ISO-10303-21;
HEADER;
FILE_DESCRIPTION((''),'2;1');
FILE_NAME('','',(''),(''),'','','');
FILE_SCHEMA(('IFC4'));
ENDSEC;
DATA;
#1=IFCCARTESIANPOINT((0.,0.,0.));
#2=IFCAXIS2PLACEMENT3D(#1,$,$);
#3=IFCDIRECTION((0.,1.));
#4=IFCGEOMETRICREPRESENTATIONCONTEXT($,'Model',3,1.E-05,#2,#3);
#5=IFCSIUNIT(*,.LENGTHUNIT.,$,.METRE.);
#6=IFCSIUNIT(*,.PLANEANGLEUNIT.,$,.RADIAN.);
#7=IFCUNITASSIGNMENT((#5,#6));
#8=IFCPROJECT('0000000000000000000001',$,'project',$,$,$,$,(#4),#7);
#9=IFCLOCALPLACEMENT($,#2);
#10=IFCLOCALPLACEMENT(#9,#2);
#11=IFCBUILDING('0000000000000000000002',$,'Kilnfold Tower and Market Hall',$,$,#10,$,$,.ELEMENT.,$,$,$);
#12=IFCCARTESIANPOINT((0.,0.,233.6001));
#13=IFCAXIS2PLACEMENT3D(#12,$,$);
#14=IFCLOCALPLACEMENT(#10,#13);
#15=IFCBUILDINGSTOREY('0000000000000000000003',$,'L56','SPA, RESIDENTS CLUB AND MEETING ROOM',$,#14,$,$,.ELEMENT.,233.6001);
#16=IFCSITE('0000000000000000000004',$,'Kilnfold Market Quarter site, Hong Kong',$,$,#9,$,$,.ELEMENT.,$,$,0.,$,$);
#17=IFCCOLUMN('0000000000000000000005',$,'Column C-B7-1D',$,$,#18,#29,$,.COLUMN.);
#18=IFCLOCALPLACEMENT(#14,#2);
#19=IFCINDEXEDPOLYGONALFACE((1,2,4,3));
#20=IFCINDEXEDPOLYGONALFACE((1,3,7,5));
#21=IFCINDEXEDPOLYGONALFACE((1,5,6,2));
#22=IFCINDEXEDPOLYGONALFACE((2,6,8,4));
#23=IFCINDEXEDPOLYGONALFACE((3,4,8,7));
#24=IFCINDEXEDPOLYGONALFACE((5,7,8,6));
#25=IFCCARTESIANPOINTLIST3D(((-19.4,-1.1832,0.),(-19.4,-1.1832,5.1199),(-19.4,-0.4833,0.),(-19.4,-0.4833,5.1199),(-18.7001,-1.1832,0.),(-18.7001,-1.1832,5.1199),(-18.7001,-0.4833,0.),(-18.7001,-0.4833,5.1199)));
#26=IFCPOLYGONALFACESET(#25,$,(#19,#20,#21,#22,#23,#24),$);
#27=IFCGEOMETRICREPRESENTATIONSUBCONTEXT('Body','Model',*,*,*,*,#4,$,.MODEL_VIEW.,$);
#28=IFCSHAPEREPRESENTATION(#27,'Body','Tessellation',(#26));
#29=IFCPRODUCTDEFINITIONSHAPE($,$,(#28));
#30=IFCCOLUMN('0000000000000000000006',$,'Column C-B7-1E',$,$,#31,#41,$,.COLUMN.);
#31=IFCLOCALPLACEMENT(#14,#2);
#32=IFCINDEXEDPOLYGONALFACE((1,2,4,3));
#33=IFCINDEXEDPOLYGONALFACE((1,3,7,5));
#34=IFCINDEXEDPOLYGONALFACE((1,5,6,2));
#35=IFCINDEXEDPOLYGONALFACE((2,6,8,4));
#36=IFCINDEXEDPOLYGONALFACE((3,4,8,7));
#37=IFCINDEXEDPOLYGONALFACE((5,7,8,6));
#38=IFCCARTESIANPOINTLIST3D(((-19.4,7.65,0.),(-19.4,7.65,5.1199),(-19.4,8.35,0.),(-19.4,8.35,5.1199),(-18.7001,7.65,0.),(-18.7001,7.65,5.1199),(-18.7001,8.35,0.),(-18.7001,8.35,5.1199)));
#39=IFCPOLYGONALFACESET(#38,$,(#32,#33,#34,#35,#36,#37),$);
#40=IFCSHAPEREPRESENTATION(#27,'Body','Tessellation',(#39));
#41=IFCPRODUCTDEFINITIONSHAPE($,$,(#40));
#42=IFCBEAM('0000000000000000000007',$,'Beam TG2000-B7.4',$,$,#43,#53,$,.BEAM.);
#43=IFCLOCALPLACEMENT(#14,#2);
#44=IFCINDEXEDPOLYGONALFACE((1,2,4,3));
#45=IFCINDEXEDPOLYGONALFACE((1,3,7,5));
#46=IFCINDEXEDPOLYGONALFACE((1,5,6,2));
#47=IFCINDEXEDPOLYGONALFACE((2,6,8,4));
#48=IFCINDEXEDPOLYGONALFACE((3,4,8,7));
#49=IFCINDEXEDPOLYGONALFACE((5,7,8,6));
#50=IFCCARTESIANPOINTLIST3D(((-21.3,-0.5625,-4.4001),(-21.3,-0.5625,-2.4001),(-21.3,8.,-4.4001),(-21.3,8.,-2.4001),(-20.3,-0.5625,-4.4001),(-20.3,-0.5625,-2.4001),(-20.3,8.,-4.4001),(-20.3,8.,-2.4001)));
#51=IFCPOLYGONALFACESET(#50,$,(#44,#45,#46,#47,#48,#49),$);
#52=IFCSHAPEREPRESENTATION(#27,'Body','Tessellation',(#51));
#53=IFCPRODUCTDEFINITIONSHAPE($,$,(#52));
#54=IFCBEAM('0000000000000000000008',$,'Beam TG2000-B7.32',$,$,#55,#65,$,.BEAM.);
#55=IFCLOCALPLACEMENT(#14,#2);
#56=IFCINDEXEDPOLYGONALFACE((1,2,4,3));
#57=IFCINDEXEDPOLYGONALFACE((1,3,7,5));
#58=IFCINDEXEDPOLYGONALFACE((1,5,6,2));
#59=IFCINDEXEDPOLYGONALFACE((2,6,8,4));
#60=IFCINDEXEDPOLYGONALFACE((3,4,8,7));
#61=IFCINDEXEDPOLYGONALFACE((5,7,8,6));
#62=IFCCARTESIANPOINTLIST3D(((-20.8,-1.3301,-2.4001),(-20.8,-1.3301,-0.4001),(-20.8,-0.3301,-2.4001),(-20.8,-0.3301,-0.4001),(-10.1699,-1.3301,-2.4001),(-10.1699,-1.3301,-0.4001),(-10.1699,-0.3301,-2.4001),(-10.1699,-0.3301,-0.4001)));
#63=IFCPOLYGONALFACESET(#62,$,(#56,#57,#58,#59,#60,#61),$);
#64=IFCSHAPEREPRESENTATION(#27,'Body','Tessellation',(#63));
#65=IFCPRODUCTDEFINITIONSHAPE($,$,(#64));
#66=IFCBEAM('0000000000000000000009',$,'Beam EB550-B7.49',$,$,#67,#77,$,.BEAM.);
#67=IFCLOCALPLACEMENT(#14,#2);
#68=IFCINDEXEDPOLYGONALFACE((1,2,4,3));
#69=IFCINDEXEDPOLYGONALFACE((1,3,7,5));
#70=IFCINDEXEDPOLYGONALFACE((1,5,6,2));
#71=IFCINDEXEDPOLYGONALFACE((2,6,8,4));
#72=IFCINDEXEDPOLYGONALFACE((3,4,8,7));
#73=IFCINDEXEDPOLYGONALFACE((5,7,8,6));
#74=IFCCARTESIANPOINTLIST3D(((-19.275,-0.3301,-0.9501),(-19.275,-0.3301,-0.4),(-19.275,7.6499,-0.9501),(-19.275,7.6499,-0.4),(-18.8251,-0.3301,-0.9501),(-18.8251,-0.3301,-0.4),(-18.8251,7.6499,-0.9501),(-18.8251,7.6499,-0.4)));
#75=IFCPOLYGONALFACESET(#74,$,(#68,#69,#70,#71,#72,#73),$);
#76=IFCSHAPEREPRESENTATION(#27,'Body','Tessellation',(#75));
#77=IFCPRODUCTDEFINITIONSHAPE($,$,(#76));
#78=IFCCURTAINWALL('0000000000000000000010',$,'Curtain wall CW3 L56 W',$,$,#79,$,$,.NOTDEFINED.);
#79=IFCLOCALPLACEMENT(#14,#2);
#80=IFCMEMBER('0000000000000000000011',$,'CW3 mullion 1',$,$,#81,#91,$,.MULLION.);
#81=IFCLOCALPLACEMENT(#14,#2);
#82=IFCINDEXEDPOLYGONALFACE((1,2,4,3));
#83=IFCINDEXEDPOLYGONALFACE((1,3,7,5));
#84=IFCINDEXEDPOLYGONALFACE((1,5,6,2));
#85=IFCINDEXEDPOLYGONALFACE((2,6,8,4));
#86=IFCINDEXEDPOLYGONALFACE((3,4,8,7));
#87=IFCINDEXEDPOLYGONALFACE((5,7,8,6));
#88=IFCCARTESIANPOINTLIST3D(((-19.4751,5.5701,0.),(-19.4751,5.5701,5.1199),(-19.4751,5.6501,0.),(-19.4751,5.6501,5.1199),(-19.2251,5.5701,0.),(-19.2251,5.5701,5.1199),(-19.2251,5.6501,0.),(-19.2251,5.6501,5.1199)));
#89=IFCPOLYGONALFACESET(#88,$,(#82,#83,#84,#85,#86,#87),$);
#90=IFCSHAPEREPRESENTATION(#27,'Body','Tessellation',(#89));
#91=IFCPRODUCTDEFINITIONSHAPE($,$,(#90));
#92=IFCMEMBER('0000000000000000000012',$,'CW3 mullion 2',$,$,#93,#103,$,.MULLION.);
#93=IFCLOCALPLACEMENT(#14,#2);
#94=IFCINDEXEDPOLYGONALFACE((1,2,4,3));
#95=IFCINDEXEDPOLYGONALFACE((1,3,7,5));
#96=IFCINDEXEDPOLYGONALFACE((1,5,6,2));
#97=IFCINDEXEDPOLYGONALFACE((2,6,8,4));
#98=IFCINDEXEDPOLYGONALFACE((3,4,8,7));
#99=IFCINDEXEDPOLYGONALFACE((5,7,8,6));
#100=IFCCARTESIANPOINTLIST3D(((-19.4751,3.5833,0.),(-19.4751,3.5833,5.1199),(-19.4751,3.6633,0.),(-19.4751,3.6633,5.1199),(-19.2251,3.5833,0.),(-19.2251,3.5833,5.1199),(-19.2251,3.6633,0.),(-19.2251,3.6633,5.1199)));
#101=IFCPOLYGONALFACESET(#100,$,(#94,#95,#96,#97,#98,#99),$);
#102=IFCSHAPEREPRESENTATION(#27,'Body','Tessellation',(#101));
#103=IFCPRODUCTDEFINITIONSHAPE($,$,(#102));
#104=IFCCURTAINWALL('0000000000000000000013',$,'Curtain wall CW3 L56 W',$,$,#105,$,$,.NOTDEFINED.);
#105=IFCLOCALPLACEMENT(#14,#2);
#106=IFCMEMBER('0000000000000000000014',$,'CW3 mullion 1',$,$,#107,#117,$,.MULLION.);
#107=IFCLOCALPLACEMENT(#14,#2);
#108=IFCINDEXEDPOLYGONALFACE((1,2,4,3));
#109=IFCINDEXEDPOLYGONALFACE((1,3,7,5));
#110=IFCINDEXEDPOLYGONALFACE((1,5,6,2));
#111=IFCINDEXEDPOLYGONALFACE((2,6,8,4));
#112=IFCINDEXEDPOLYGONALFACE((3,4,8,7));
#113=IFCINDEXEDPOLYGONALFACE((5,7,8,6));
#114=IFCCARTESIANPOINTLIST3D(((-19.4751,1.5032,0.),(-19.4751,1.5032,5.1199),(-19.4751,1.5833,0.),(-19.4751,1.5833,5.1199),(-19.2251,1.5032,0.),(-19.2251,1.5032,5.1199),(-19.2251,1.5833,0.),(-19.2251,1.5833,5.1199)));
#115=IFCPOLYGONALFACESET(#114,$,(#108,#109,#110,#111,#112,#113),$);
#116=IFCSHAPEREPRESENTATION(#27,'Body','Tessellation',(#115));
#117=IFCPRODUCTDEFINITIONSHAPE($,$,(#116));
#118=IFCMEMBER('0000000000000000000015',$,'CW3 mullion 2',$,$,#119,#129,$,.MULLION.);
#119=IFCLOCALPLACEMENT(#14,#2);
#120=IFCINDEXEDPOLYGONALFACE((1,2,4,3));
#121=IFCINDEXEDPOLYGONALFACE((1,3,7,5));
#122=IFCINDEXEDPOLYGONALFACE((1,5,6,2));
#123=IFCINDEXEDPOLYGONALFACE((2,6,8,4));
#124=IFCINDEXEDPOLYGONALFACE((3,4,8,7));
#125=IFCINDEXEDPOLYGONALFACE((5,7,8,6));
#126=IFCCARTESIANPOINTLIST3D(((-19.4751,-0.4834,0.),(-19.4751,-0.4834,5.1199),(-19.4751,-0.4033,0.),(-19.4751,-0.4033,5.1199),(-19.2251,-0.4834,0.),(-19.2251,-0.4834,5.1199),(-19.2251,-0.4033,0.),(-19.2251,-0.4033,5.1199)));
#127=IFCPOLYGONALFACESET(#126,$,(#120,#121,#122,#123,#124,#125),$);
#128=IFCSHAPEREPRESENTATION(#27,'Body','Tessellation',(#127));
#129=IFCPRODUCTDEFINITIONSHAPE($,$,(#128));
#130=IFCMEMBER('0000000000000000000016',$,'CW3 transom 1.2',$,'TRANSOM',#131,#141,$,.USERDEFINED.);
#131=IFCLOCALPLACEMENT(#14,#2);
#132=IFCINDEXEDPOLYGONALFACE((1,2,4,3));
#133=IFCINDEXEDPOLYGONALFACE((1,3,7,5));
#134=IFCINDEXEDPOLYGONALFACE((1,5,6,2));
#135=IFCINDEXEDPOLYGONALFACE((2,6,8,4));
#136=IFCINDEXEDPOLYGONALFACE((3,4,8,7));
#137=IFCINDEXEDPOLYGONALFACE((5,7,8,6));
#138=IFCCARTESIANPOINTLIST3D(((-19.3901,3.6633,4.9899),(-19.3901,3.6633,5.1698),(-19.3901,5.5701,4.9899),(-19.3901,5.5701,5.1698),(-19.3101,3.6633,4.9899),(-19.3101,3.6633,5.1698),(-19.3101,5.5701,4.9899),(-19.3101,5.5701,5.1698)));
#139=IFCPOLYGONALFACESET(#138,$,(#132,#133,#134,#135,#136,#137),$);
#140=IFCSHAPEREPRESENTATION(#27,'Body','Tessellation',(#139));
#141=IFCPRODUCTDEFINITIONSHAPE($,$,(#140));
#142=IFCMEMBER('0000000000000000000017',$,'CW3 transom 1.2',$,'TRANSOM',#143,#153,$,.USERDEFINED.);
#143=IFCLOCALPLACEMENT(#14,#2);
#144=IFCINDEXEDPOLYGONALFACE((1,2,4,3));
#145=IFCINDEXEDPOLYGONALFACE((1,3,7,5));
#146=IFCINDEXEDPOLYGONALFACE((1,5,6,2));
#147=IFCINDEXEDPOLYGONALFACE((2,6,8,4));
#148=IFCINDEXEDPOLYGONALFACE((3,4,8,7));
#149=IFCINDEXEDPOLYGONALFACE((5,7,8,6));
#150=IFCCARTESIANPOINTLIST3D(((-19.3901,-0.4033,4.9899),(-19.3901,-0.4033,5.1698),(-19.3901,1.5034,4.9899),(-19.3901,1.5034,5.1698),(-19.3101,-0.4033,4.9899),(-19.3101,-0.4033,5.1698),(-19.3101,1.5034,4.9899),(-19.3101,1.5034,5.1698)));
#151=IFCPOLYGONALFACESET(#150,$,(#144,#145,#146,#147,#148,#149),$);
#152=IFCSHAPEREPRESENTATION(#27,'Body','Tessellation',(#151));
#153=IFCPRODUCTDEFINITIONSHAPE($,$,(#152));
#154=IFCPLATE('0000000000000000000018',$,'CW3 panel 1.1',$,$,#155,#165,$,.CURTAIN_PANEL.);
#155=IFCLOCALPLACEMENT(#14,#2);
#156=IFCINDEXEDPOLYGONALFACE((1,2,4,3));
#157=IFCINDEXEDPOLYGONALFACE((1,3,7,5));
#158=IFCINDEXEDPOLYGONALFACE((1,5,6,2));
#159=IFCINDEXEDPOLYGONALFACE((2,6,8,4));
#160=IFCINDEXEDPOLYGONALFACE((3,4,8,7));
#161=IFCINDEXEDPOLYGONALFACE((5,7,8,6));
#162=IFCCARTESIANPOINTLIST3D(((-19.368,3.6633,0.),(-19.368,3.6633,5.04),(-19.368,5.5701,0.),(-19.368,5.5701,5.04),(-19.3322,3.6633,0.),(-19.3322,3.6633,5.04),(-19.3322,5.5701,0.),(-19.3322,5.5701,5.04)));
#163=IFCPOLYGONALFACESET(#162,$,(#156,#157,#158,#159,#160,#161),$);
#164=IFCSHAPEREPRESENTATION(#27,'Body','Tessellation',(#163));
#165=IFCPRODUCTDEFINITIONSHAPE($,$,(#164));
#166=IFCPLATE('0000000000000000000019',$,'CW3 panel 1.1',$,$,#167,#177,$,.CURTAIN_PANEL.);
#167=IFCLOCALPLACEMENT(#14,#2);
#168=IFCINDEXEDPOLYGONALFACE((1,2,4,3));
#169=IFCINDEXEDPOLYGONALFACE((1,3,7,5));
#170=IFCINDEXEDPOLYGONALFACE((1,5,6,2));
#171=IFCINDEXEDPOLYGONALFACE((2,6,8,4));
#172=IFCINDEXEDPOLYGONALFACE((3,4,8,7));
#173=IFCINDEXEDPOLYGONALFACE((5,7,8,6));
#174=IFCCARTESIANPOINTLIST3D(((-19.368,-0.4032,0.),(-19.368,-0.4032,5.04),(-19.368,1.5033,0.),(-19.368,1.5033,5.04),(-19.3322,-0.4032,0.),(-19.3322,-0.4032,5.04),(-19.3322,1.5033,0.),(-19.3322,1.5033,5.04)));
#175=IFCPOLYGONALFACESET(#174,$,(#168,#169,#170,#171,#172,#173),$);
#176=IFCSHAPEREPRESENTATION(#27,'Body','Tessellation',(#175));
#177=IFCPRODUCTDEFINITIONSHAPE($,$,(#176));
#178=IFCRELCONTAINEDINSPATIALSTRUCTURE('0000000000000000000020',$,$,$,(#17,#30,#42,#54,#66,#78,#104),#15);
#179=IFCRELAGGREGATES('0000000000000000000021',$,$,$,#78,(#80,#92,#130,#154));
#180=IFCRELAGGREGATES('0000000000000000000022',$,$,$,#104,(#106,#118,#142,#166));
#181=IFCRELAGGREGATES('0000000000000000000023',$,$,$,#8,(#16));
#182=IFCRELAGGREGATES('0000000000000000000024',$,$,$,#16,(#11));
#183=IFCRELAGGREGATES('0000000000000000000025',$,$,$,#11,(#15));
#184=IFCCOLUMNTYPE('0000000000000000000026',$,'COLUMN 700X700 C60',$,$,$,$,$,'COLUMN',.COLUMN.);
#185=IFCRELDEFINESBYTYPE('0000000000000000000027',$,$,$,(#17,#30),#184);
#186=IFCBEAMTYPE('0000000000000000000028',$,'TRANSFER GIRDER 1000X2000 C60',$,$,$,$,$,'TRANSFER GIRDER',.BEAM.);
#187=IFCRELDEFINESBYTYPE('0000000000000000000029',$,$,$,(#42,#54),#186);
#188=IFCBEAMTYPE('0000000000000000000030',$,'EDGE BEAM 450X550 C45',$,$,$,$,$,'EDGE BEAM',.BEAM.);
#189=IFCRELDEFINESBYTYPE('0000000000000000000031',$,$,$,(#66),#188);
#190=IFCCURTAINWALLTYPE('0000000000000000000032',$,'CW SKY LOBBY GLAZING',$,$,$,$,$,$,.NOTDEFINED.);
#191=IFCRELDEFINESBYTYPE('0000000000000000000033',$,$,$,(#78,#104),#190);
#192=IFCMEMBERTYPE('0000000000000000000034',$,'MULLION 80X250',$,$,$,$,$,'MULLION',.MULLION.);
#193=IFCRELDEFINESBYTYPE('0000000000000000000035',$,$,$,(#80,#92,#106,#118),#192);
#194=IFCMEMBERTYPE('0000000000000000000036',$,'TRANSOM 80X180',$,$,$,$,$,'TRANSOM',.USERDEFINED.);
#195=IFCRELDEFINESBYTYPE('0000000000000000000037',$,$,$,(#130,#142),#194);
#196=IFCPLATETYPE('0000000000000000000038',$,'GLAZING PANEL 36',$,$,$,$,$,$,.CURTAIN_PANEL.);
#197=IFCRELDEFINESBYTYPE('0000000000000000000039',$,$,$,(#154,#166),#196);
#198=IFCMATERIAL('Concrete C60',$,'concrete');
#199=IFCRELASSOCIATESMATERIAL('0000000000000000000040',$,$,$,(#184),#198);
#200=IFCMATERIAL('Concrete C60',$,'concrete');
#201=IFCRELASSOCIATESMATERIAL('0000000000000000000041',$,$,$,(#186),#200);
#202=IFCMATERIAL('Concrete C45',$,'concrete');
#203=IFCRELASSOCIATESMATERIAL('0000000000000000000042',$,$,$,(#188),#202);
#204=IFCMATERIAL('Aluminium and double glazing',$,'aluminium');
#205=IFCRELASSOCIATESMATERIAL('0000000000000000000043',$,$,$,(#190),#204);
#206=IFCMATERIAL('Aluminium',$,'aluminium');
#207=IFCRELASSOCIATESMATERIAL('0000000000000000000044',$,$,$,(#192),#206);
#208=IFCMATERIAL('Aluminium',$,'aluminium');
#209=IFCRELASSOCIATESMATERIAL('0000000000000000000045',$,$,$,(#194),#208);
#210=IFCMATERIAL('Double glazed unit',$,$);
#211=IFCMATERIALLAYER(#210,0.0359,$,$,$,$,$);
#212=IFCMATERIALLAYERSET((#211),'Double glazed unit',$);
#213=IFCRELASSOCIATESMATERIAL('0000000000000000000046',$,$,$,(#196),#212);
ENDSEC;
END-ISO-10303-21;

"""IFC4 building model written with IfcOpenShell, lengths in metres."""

from ifc_helpers import new_model, si_unit, direction, frame, origin, origin_2d, place, context, subcontext, project, spatial, rectangle, extrude, source, transform, mapped, material, layer, layer_set, material_profile, profile_set, type_object, element, aggregate, save


model = new_model("IFC4")

# Units and contexts
model_context = context("Model", 3, precision=1e-05, world=origin(), true_north=direction((0.0, 1.0)))
body_context = subcontext(model_context, "Body", "Model", "MODEL_VIEW")
ifc_project = project(units=[si_unit("LENGTHUNIT", "METRE"), si_unit("PLANEANGLEUNIT", "RADIAN")], contexts=[model_context])

# Site, building, storey
site_placement = place(None, origin())
site = spatial("IfcSite", under=ifc_project, at=site_placement, Name="Kilnfold Market Quarter site, Hong Kong", CompositionType="ELEMENT", RefElevation=0.0)
building_placement = place(site_placement, origin())
building = spatial("IfcBuilding", under=site, at=building_placement, Name="Kilnfold Tower and Market Hall", CompositionType="ELEMENT")
storey_placement = place(building_placement, frame((0.0, 0.0, 233.6001)))
storey = spatial("IfcBuildingStorey", under=building, at=storey_placement, Name="L56", Description="SPA, RESIDENTS CLUB AND MEETING ROOM", CompositionType="ELEMENT", Elevation=233.6001)

# Columns
ifc_material_1 = material(Name="Concrete C60", Category="concrete")
ifc_material_profile_1 = material_profile(ifc_material_1, rectangle(XDim=0.7, YDim=0.7, at=origin_2d()), Name="RC 700x700")
ifc_profile_set_1 = profile_set([ifc_material_profile_1], Name="Concrete C60")
column_type = type_object("IfcColumnType", Name="COLUMN 700X700 C60", ElementType="COLUMN", PredefinedType="COLUMN", material=ifc_profile_set_1)
shared_shape_1 = source(origin(), body_context, "Body", "SweptSolid", [
    extrude(rectangle(XDim=0.7, YDim=0.7, at=origin_2d()), origin(), (0.0, 0.0, 1.0), 5.1199),
])
for number, where, z_axis, x_axis, name in (
    (1, (-19.05, -0.8333, 0.0), (0.0, 0.0, 1.0), (1.0, 0.0, 0.0), "Column C-B7-1D"),
    (2, (-19.05, 8.0, 0.0), (0.0, 0.0, 1.0), (1.0, 0.0, 0.0), "Column C-B7-1E"),
):
    element("IfcColumn", number, at=place(storey_placement, frame(where, z_axis=z_axis, x_axis=x_axis)), inside=storey, type_object=column_type, Name=name, PredefinedType="COLUMN", context=body_context, shape_type="MappedRepresentation", body=[
        mapped(shared_shape_1, transform((0.0, 0.0, 0.0))),
    ])

# Beams
ifc_material_2 = material(Name="Concrete C60", Category="concrete")
ifc_material_profile_2 = material_profile(ifc_material_2, rectangle(XDim=1.0, YDim=2.0, at=origin_2d()), Name="RC 1000x2000")
ifc_profile_set_2 = profile_set([ifc_material_profile_2], Name="Concrete C60")
beam_type_1 = type_object("IfcBeamType", Name="TRANSFER GIRDER 1000X2000 C60", ElementType="TRANSFER GIRDER", PredefinedType="BEAM", material=ifc_profile_set_2)
shared_shape_2 = source(origin(), body_context, "Body", "SweptSolid", [
    extrude(rectangle(XDim=1.0, YDim=2.0, at=origin_2d()), origin(), (0.0, 0.0, 1.0), 8.5625),
])
beam_1_placement = place(storey_placement, frame((-20.8, -0.5625, -3.4001), z_axis=(0.0, 1.0, 0.0), x_axis=(-1.0, 0.0, 0.0)))
element("IfcBeam", 3, at=beam_1_placement, inside=storey, type_object=beam_type_1, Name="Beam TG2000-B7.4", PredefinedType="BEAM", context=body_context, shape_type="MappedRepresentation", body=[
    mapped(shared_shape_2, transform((0.0, 0.0, 0.0))),
])
shared_shape_3 = source(origin(), body_context, "Body", "SweptSolid", [
    extrude(rectangle(XDim=1.0, YDim=2.0, at=origin_2d()), origin(), (0.0, 0.0, 1.0), 10.6301),
])
beam_2_placement = place(storey_placement, frame((-20.8, -0.8301, -1.4001), z_axis=(1.0, 0.0, 0.0), x_axis=(0.0, 1.0, 0.0)))
element("IfcBeam", 4, at=beam_2_placement, inside=storey, type_object=beam_type_1, Name="Beam TG2000-B7.32", PredefinedType="BEAM", context=body_context, shape_type="MappedRepresentation", body=[
    mapped(shared_shape_3, transform((0.0, 0.0, 0.0))),
])
ifc_material_3 = material(Name="Concrete C45", Category="concrete")
ifc_material_profile_3 = material_profile(ifc_material_3, rectangle(XDim=0.45, YDim=0.55, at=origin_2d()), Name="RC 450x550")
ifc_profile_set_3 = profile_set([ifc_material_profile_3], Name="Concrete C45")
beam_type_2 = type_object("IfcBeamType", Name="EDGE BEAM 450X550 C45", ElementType="EDGE BEAM", PredefinedType="BEAM", material=ifc_profile_set_3)
shared_shape_4 = source(origin(), body_context, "Body", "SweptSolid", [
    extrude(rectangle(XDim=0.45, YDim=0.55, at=origin_2d()), origin(), (0.0, 0.0, 1.0), 7.98),
])
beam_3_placement = place(storey_placement, frame((-19.05, -0.3301, -0.675), z_axis=(0.0, 1.0, 0.0), x_axis=(-1.0, 0.0, 0.0)))
element("IfcBeam", 5, at=beam_3_placement, inside=storey, type_object=beam_type_2, Name="Beam EB550-B7.49", PredefinedType="BEAM", context=body_context, shape_type="MappedRepresentation", body=[
    mapped(shared_shape_4, transform((0.0, 0.0, 0.0))),
])

# Curtain walls, members
ifc_material_4 = material(Name="Aluminium and double glazing", Category="aluminium")
curtain_wall_type = type_object("IfcCurtainWallType", Name="CW SKY LOBBY GLAZING", PredefinedType="NOTDEFINED", material=ifc_material_4)
curtain_wall_1_placement = place(storey_placement, origin())
curtain_wall_1 = element("IfcCurtainWall", 6, at=curtain_wall_1_placement, inside=storey, type_object=curtain_wall_type, Name="Curtain wall CW3 L56 W", PredefinedType="NOTDEFINED")
ifc_material_5 = material(Name="Aluminium", Category="aluminium")
ifc_material_profile_4 = material_profile(ifc_material_5, rectangle(XDim=0.0801, YDim=0.25, at=origin_2d()), Name="MULLION 80x250")
ifc_profile_set_4 = profile_set([ifc_material_profile_4], Name="Aluminium")
member_type_1 = type_object("IfcMemberType", Name="MULLION 80X250", ElementType="MULLION", PredefinedType="MULLION", material=ifc_profile_set_4)
shared_shape_5 = source(origin(), body_context, "Body", "SweptSolid", [
    extrude(rectangle(XDim=0.0801, YDim=0.25, at=origin_2d()), origin(), (0.0, 0.0, 1.0), 5.1199),
])
member_1_placement = place(storey_placement, frame((-19.3501, 5.6101, 0.0), z_axis=(0.0, 0.0, 1.0), x_axis=(0.0, -1.0, 0.0)))
member_1 = element("IfcMember", 7, at=member_1_placement, type_object=member_type_1, Name="CW3 mullion 1", PredefinedType="MULLION", context=body_context, shape_type="MappedRepresentation", body=[
    mapped(shared_shape_5, transform((0.0, 0.0, 0.0))),
])
member_2_placement = place(storey_placement, frame((-19.3501, 3.6233, 0.0), z_axis=(0.0, 0.0, 1.0), x_axis=(0.0, -1.0, 0.0)))
member_2 = element("IfcMember", 8, at=member_2_placement, type_object=member_type_1, Name="CW3 mullion 2", PredefinedType="MULLION", context=body_context, shape_type="MappedRepresentation", body=[
    mapped(shared_shape_5, transform((0.0, 0.0, 0.0))),
])
curtain_wall_2_placement = place(storey_placement, origin())
curtain_wall_2 = element("IfcCurtainWall", 9, at=curtain_wall_2_placement, inside=storey, type_object=curtain_wall_type, Name="Curtain wall CW3 L56 W", PredefinedType="NOTDEFINED")
member_3_placement = place(storey_placement, frame((-19.3501, 1.5432, 0.0), z_axis=(0.0, 0.0, 1.0), x_axis=(0.0, -1.0, 0.0)))
member_3 = element("IfcMember", 10, at=member_3_placement, type_object=member_type_1, Name="CW3 mullion 1", PredefinedType="MULLION", context=body_context, shape_type="MappedRepresentation", body=[
    mapped(shared_shape_5, transform((0.0, 0.0, 0.0))),
])
member_4_placement = place(storey_placement, frame((-19.3501, -0.4434, 0.0), z_axis=(0.0, 0.0, 1.0), x_axis=(0.0, -1.0, 0.0)))
member_4 = element("IfcMember", 11, at=member_4_placement, type_object=member_type_1, Name="CW3 mullion 2", PredefinedType="MULLION", context=body_context, shape_type="MappedRepresentation", body=[
    mapped(shared_shape_5, transform((0.0, 0.0, 0.0))),
])

# Members
ifc_material_6 = material(Name="Aluminium", Category="aluminium")
ifc_material_profile_5 = material_profile(ifc_material_6, rectangle(XDim=0.0801, YDim=0.1799, at=origin_2d()), Name="TRANSOM 80x180")
ifc_profile_set_5 = profile_set([ifc_material_profile_5], Name="Aluminium")
member_type_2 = type_object("IfcMemberType", Name="TRANSOM 80X180", ElementType="TRANSOM", PredefinedType="USERDEFINED", material=ifc_profile_set_5)
shared_shape_6 = source(origin(), body_context, "Body", "SweptSolid", [
    extrude(rectangle(XDim=0.0801, YDim=0.1799, at=origin_2d()), origin(), (0.0, 0.0, 1.0), 1.9067),
])
member_5_placement = place(storey_placement, frame((-19.3501, 5.5701, 5.0798), z_axis=(0.0, -1.0, 0.0), x_axis=(1.0, 0.0, 0.0)))
member_5 = element("IfcMember", 12, at=member_5_placement, type_object=member_type_2, Name="CW3 transom 1.2", ObjectType="TRANSOM", PredefinedType="USERDEFINED", context=body_context, shape_type="MappedRepresentation", body=[
    mapped(shared_shape_6, transform((0.0, 0.0, 0.0))),
])
member_6_placement = place(storey_placement, frame((-19.3501, 1.5034, 5.0798), z_axis=(0.0, -1.0, 0.0), x_axis=(1.0, 0.0, 0.0)))
member_6 = element("IfcMember", 13, at=member_6_placement, type_object=member_type_2, Name="CW3 transom 1.2", ObjectType="TRANSOM", PredefinedType="USERDEFINED", context=body_context, shape_type="MappedRepresentation", body=[
    mapped(shared_shape_6, transform((0.0, 0.0, 0.0))),
])

# Plates
ifc_material_7 = material(Name="Double glazed unit")
ifc_layer_1 = layer(ifc_material_7, 0.0359)
ifc_layer_set_1 = layer_set([ifc_layer_1], Name="Double glazed unit")
plate_type = type_object("IfcPlateType", Name="GLAZING PANEL 36", PredefinedType="CURTAIN_PANEL", material=ifc_layer_set_1)
shared_shape_7 = source(origin(), body_context, "Body", "SweptSolid", [
    extrude(rectangle(XDim=1.9067, YDim=0.0359, at=origin_2d()), origin(), (0.0, 0.0, 1.0), 5.04),
])
plate_1_placement = place(storey_placement, frame((-19.3501, 4.6167, 0.0), z_axis=(0.0, 0.0, 1.0), x_axis=(0.0, -1.0, 0.0)))
plate_1 = element("IfcPlate", 14, at=plate_1_placement, type_object=plate_type, Name="CW3 panel 1.1", PredefinedType="CURTAIN_PANEL", context=body_context, shape_type="MappedRepresentation", body=[
    mapped(shared_shape_7, transform((0.0, 0.0, 0.0))),
])
aggregate(curtain_wall_1, [member_1, member_2, member_5, plate_1])
shared_shape_8 = source(origin(), body_context, "Body", "SweptSolid", [
    extrude(rectangle(XDim=1.9065, YDim=0.0359, at=origin_2d()), origin(), (0.0, 0.0, 1.0), 5.04),
])
plate_2_placement = place(storey_placement, frame((-19.3501, 0.55, 0.0), z_axis=(0.0, 0.0, 1.0), x_axis=(0.0, -1.0, 0.0)))
plate_2 = element("IfcPlate", 15, at=plate_2_placement, type_object=plate_type, Name="CW3 panel 1.1", PredefinedType="CURTAIN_PANEL", context=body_context, shape_type="MappedRepresentation", body=[
    mapped(shared_shape_8, transform((0.0, 0.0, 0.0))),
])
aggregate(curtain_wall_2, [member_3, member_4, member_6, plate_2])

save(model, "model.ifc")
